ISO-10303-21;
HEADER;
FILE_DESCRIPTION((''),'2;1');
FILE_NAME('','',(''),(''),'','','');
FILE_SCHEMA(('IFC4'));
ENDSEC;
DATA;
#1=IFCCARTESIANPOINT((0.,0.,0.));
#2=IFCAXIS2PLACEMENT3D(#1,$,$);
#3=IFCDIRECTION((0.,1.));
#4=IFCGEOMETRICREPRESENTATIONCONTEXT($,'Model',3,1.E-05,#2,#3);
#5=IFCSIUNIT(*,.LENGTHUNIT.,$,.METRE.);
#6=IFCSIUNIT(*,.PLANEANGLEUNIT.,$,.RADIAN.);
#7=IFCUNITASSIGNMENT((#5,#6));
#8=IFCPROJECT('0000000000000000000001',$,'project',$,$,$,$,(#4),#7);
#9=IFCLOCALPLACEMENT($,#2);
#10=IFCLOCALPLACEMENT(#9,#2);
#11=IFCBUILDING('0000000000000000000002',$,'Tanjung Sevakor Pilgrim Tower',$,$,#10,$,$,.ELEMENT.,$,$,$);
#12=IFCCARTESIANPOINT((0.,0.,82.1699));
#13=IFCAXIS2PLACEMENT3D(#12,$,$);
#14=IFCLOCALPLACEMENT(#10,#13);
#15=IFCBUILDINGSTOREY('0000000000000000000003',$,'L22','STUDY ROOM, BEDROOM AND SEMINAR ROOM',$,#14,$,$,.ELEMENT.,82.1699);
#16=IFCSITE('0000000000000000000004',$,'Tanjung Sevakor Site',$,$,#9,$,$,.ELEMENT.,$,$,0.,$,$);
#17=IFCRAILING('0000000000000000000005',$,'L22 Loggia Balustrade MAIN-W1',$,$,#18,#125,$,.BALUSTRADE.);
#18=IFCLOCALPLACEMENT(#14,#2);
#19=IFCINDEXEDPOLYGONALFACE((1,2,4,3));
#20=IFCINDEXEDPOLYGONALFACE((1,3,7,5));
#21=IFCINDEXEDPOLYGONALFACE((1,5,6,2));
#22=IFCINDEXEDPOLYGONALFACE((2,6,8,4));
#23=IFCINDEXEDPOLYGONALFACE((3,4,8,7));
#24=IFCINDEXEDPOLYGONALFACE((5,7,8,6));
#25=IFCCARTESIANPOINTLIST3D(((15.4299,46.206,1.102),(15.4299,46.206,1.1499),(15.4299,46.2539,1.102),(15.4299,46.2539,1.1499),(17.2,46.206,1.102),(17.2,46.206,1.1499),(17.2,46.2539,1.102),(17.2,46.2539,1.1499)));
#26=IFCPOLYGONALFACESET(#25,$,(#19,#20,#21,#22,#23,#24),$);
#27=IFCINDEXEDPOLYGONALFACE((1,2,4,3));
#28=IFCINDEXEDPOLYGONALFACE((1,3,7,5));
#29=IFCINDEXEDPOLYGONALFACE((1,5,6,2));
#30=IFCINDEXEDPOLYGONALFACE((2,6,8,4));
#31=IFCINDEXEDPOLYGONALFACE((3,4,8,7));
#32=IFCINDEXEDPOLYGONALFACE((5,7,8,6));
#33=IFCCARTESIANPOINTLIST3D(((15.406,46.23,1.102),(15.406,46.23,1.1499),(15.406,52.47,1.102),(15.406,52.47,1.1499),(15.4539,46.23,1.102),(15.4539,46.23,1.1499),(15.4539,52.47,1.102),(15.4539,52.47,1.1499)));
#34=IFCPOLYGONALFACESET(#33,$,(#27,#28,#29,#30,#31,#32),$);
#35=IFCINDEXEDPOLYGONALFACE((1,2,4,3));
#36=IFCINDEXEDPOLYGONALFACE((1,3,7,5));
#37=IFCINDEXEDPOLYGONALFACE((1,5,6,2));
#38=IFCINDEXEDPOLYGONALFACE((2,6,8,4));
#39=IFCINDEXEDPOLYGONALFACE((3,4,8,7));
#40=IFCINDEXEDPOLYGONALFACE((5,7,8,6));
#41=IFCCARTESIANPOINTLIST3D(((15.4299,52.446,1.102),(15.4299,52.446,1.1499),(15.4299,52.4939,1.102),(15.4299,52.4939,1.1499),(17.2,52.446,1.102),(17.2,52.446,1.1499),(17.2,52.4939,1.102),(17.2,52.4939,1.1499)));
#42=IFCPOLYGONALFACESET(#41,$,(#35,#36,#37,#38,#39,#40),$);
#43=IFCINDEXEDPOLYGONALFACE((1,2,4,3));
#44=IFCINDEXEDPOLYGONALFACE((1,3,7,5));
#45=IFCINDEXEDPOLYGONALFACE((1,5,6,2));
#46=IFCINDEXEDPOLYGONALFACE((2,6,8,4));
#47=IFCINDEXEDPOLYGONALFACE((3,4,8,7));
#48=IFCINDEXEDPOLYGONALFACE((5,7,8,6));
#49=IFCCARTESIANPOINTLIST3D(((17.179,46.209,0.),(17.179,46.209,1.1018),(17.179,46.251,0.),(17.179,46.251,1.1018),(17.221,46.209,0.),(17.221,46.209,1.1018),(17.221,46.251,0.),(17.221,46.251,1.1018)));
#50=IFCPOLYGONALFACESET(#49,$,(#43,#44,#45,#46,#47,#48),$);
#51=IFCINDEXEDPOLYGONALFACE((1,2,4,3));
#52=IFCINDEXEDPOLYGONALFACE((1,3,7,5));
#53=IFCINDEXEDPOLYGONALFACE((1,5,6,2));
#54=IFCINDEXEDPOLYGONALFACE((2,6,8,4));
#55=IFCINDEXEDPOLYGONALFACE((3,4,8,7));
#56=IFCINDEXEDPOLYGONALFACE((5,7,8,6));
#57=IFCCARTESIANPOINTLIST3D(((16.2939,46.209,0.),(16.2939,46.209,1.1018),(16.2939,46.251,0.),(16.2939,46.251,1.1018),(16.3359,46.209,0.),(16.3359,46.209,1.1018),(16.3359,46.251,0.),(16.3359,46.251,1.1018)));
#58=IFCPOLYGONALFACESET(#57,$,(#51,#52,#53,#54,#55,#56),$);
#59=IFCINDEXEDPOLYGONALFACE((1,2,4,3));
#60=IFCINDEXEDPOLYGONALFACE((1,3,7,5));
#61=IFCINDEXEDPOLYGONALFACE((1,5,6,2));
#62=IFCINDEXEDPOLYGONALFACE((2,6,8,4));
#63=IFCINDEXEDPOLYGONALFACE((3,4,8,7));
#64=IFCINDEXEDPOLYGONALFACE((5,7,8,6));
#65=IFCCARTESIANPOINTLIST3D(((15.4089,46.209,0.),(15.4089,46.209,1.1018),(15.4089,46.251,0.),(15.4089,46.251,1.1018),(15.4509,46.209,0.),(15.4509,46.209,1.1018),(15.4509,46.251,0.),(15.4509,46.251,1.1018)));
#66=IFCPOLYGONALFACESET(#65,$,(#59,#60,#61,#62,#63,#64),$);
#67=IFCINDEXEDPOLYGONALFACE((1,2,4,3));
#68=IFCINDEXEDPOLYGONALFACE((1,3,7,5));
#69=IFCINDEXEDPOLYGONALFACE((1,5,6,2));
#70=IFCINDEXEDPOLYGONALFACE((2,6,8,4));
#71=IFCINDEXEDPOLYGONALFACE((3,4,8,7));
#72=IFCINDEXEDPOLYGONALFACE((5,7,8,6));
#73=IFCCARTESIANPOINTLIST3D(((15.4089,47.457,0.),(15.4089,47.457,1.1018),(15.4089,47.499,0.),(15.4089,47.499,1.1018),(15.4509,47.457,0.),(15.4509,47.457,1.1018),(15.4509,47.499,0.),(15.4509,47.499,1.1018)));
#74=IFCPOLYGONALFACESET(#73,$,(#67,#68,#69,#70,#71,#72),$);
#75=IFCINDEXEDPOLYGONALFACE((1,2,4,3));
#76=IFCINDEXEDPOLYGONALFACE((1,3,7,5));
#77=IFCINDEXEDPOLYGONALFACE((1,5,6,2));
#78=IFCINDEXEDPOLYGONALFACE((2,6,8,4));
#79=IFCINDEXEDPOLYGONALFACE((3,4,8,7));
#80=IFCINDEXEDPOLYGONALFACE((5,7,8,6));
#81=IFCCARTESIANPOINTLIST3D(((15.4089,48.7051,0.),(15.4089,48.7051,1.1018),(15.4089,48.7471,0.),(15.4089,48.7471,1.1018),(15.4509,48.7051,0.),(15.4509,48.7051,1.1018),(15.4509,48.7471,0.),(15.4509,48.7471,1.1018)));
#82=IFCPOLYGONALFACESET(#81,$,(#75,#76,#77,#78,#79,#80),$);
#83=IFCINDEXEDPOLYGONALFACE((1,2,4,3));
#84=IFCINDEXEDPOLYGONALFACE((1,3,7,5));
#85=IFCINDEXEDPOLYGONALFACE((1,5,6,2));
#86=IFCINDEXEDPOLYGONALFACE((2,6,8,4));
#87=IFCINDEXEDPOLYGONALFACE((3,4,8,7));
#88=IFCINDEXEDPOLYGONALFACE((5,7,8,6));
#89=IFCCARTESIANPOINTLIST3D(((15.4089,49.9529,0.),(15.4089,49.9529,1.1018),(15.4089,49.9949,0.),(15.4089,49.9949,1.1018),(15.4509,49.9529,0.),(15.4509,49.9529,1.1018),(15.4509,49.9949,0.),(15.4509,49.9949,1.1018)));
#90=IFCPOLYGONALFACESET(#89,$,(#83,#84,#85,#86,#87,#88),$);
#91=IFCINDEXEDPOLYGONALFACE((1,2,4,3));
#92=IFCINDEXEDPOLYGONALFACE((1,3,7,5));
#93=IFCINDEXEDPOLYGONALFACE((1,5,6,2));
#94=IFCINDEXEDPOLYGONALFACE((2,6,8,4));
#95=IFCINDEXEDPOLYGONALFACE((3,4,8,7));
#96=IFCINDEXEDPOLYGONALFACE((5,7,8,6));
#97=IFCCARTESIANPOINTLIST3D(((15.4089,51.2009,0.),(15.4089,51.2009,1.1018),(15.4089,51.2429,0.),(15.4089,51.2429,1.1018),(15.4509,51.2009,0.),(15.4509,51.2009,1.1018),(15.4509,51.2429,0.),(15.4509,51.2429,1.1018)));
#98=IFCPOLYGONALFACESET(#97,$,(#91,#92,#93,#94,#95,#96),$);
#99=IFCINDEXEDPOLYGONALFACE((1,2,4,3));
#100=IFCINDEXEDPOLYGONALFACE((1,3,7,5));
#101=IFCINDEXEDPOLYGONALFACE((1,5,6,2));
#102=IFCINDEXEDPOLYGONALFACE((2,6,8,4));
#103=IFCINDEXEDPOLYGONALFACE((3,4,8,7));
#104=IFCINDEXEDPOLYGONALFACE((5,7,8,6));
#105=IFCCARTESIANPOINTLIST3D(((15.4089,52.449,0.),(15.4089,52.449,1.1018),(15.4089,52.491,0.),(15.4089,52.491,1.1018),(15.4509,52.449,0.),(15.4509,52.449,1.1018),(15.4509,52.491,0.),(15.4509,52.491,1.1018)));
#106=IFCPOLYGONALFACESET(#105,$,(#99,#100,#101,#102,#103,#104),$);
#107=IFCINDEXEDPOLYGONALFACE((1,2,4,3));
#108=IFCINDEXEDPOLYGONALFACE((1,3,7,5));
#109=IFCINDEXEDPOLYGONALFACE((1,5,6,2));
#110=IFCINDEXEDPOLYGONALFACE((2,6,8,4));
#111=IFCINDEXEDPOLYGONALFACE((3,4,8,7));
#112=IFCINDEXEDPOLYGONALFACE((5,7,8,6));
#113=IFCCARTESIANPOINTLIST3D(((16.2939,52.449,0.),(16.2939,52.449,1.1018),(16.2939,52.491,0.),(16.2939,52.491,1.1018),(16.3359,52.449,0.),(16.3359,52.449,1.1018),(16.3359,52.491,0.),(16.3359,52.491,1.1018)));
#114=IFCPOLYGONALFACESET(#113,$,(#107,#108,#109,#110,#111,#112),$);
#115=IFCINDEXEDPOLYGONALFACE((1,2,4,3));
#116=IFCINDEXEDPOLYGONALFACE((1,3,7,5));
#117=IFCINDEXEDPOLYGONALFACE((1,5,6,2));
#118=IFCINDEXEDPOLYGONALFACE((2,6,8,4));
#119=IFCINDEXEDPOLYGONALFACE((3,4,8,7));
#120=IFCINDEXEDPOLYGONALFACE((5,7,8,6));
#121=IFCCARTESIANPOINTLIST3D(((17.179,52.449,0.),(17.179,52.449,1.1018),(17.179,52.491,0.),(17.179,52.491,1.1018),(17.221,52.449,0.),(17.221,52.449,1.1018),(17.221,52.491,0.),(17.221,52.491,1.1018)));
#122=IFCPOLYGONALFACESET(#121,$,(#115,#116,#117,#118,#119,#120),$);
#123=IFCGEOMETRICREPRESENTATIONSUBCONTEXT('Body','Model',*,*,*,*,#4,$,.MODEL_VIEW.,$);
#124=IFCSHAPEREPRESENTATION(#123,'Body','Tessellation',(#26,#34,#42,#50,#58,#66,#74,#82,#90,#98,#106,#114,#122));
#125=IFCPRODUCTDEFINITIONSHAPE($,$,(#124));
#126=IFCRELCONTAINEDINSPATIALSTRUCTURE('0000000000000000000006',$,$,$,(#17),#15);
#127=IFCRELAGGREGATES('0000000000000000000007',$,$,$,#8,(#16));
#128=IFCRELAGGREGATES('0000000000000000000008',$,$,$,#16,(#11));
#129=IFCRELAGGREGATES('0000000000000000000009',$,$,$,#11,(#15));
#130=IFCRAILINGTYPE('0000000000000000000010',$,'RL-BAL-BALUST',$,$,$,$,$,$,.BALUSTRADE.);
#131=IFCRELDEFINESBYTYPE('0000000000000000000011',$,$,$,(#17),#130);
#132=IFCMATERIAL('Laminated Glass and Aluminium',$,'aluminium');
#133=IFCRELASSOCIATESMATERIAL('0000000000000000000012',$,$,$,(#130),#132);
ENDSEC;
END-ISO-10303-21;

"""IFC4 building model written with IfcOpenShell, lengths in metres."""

from ifc_helpers import new_model, si_unit, direction, frame, origin, place, context, subcontext, project, spatial, rectangle, extrude, material, type_object, element, save


model = new_model("IFC4")

# Units and contexts
model_context = context("Model", 3, precision=1e-05, world=origin(), true_north=direction((0.0, 1.0)))
body_context = subcontext(model_context, "Body", "Model", "MODEL_VIEW")
ifc_project = project(units=[si_unit("LENGTHUNIT", "METRE"), si_unit("PLANEANGLEUNIT", "RADIAN")], contexts=[model_context])

# Site, building, storey
site_placement = place(None, origin())
site = spatial("IfcSite", under=ifc_project, at=site_placement, Name="Tanjung Sevakor Site", CompositionType="ELEMENT", RefElevation=0.0)
building_placement = place(site_placement, origin())
building = spatial("IfcBuilding", under=site, at=building_placement, Name="Tanjung Sevakor Pilgrim Tower", CompositionType="ELEMENT")
storey_placement = place(building_placement, frame((0.0, 0.0, 82.1699)))
storey = spatial("IfcBuildingStorey", under=building, at=storey_placement, Name="L22", Description="STUDY ROOM, BEDROOM AND SEMINAR ROOM", CompositionType="ELEMENT", Elevation=82.1699)

# Railing
ifc_material_1 = material(Name="Laminated Glass and Aluminium", Category="aluminium")
railing_type = type_object("IfcRailingType", Name="RL-BAL-BALUST", PredefinedType="BALUSTRADE", material=ifc_material_1)
railing_1_placement = place(storey_placement, frame((17.2, 46.23, 0.0)))
element("IfcRailing", 1, at=railing_1_placement, inside=storey, type_object=railing_type, Name="L22 Loggia Balustrade MAIN-W1", PredefinedType="BALUSTRADE", context=body_context, shape_type="SweptSolid", body=[
    extrude(rectangle(XDim=0.0479, YDim=0.0479), frame((0.0, 0.0, 1.126), z_axis=(-1.0, 0.0, 0.0), x_axis=(0.0, -1.0, 0.0)), (0.0, 0.0, 1.0), 1.77),
    extrude(rectangle(XDim=0.0479, YDim=0.0479), frame((-1.77, 0.0, 1.126), z_axis=(0.0, 1.0, 0.0), x_axis=(-1.0, 0.0, 0.0)), (0.0, 0.0, 1.0), 6.24),
    extrude(rectangle(XDim=0.0479, YDim=0.0479), frame((-1.77, 6.24, 1.126), z_axis=(1.0, 0.0, 0.0), x_axis=(0.0, 1.0, 0.0)), (0.0, 0.0, 1.0), 1.77),
    extrude(rectangle(XDim=0.042, YDim=0.042), origin(), (0.0, 0.0, 1.0), 1.1018),
    extrude(rectangle(XDim=0.042, YDim=0.042), frame((-0.885, 0.0, 0.0)), (0.0, 0.0, 1.0), 1.1018),
    extrude(rectangle(XDim=0.042, YDim=0.042), frame((-1.77, 0.0, 0.0)), (0.0, 0.0, 1.0), 1.1018),
    extrude(rectangle(XDim=0.042, YDim=0.042), frame((-1.77, 1.248, 0.0)), (0.0, 0.0, 1.0), 1.1018),
    extrude(rectangle(XDim=0.042, YDim=0.042), frame((-1.77, 2.4961, 0.0)), (0.0, 0.0, 1.0), 1.1018),
    extrude(rectangle(XDim=0.042, YDim=0.042), frame((-1.77, 3.7439, 0.0)), (0.0, 0.0, 1.0), 1.1018),
    extrude(rectangle(XDim=0.042, YDim=0.042), frame((-1.77, 4.9919, 0.0)), (0.0, 0.0, 1.0), 1.1018),
    extrude(rectangle(XDim=0.042, YDim=0.042), frame((-1.77, 6.24, 0.0)), (0.0, 0.0, 1.0), 1.1018),
    extrude(rectangle(XDim=0.042, YDim=0.042), frame((-0.885, 6.24, 0.0)), (0.0, 0.0, 1.0), 1.1018),
    extrude(rectangle(XDim=0.042, YDim=0.042), frame((0.0, 6.24, 0.0)), (0.0, 0.0, 1.0), 1.1018),
])

save(model, "model.ifc")
